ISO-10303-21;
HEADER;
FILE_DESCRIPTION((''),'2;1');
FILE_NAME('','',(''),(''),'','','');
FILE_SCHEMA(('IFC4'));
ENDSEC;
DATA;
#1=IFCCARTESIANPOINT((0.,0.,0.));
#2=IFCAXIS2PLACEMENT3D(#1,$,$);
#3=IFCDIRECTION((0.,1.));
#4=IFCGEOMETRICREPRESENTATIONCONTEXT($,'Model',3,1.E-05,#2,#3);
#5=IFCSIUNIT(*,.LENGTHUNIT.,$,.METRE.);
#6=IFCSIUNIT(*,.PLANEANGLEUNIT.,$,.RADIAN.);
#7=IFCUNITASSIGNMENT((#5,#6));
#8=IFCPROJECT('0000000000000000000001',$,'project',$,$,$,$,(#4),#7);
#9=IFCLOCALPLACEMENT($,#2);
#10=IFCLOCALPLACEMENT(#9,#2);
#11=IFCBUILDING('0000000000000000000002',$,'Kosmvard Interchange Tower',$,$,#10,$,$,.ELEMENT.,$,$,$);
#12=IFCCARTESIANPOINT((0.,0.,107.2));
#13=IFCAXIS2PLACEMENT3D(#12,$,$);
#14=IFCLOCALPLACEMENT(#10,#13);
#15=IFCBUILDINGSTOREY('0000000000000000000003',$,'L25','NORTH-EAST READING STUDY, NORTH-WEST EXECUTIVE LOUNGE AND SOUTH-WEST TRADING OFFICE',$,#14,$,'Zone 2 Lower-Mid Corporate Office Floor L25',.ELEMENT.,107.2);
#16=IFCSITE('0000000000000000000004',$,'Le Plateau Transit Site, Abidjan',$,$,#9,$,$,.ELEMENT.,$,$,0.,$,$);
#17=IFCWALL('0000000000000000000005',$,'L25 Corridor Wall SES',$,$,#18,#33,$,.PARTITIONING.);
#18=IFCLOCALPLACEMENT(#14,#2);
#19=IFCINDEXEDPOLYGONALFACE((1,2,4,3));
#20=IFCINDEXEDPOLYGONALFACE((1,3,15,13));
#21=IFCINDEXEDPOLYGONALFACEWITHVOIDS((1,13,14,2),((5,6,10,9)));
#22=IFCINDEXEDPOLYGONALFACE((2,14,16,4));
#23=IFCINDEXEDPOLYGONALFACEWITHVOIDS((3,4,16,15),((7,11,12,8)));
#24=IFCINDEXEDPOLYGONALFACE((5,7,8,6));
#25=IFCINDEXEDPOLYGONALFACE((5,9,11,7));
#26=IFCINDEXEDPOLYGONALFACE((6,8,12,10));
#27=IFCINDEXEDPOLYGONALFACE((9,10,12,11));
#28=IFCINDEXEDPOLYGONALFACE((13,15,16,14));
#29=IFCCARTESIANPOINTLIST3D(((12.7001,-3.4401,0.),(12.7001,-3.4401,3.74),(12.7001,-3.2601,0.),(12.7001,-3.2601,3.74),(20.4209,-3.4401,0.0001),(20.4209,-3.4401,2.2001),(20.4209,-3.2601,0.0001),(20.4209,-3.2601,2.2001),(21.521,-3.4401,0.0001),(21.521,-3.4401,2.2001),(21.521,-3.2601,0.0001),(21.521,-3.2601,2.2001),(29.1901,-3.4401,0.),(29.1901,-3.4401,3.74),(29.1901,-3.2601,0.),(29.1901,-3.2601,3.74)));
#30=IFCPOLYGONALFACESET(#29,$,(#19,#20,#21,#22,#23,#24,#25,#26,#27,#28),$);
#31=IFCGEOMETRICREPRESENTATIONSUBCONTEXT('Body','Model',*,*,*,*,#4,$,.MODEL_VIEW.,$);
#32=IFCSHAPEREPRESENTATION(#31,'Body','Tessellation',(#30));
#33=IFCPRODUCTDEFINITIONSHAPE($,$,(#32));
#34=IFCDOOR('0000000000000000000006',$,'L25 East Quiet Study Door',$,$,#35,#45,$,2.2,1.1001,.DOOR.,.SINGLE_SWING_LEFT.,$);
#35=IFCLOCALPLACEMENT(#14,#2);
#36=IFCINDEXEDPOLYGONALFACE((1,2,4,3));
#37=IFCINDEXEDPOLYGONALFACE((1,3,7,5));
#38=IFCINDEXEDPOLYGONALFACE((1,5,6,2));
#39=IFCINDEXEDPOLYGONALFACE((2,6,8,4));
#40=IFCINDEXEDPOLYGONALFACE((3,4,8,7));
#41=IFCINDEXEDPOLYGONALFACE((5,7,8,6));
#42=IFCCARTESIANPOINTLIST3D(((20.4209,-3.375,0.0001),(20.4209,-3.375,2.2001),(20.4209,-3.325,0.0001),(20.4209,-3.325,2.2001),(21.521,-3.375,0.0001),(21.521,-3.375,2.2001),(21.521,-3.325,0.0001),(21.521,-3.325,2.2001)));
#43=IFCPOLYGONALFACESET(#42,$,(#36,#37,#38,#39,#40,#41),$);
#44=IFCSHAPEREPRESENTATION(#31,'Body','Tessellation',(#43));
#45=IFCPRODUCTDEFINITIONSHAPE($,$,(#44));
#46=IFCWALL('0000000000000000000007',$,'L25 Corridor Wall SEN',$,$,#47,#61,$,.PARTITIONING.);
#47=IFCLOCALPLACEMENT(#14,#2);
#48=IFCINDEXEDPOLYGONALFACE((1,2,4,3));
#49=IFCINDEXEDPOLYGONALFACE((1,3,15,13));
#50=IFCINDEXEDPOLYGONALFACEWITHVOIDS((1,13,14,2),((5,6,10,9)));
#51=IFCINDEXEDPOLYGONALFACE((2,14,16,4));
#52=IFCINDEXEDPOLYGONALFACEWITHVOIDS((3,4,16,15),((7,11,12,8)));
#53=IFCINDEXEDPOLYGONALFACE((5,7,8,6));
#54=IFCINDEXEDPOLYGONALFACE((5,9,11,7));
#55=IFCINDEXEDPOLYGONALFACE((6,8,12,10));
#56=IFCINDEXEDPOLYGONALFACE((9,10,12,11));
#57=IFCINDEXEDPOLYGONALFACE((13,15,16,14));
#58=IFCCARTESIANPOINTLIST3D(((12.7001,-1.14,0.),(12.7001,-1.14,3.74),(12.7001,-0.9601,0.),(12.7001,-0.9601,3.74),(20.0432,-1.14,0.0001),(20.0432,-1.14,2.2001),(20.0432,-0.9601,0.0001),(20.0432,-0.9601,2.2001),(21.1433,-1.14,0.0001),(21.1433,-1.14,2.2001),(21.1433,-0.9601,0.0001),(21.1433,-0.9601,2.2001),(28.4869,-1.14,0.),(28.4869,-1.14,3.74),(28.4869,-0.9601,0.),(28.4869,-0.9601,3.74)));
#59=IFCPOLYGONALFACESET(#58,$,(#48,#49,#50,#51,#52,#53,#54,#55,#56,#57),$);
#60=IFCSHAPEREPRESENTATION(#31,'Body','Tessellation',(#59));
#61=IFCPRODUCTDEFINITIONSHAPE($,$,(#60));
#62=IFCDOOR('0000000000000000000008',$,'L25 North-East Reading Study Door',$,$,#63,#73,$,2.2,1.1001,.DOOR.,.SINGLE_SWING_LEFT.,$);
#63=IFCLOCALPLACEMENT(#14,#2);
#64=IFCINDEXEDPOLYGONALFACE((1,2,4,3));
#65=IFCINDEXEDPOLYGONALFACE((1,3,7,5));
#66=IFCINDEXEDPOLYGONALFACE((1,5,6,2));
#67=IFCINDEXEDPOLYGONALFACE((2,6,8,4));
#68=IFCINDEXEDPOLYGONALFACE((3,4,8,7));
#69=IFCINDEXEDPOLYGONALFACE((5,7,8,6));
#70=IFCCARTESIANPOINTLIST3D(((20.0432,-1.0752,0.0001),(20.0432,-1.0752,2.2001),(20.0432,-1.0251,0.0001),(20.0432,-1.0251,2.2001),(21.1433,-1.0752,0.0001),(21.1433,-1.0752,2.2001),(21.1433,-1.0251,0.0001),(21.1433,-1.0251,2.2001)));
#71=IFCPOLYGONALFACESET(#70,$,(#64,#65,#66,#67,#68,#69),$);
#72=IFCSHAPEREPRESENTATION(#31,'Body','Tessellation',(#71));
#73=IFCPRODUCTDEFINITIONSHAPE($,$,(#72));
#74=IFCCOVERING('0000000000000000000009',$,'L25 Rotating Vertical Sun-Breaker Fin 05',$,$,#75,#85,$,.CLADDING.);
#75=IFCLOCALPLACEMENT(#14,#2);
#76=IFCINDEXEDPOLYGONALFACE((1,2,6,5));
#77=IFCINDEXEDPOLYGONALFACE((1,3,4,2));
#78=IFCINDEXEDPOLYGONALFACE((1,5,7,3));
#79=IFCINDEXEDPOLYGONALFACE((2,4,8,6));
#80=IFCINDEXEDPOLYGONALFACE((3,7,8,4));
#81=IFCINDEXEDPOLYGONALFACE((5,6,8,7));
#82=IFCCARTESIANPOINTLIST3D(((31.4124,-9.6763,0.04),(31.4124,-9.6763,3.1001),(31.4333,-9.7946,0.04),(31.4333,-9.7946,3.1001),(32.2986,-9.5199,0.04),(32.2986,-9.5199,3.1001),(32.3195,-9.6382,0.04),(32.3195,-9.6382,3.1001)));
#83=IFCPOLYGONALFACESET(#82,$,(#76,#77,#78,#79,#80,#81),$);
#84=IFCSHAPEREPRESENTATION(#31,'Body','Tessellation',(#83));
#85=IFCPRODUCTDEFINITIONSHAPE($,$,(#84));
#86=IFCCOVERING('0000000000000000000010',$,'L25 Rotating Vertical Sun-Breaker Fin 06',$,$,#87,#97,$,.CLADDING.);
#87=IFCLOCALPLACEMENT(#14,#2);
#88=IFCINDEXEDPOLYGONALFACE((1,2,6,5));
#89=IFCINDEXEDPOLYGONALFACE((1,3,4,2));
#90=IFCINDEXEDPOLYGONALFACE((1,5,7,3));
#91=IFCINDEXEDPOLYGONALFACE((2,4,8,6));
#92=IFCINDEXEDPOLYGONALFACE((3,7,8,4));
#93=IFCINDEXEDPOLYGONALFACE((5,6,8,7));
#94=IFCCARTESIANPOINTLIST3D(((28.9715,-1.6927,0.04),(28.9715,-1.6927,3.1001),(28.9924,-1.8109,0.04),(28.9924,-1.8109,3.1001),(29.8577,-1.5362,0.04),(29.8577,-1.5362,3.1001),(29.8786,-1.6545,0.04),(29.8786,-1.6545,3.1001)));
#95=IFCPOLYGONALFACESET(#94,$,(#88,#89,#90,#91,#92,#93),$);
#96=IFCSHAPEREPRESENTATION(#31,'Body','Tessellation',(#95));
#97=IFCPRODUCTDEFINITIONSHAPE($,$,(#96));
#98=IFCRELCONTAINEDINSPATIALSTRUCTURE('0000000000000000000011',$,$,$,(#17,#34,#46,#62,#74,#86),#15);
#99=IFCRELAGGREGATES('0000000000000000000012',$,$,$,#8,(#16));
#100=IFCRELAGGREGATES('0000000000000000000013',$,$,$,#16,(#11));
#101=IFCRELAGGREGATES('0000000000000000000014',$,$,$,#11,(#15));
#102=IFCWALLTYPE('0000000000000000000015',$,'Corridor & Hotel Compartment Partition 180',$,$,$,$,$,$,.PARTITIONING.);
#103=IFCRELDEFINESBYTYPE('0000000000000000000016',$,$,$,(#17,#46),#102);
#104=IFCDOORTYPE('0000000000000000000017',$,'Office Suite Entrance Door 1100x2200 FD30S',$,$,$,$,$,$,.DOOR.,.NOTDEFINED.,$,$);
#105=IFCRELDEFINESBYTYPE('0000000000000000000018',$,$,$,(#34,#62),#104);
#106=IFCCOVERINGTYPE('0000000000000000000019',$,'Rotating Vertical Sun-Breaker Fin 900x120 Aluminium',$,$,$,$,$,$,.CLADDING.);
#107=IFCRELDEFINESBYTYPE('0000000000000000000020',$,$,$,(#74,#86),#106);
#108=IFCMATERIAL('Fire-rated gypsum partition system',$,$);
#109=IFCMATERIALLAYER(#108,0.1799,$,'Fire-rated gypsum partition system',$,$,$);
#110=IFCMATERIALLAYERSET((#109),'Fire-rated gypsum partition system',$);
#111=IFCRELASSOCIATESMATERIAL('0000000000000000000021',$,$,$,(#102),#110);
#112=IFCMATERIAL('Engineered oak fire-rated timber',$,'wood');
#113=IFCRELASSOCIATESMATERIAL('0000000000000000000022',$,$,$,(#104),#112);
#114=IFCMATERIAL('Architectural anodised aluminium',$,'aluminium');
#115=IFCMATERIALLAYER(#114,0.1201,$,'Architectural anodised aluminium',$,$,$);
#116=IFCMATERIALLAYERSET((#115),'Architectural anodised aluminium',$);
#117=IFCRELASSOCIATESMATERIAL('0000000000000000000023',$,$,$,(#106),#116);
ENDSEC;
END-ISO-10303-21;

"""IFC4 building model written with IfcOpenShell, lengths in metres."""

from ifc_helpers import new_model, si_unit, direction, frame, frame_2d, origin, origin_2d, place, context, subcontext, project, spatial, rectangle, extrude, source, transform, mapped, material, layer, layer_set, type_object, element, fill, save


model = new_model("IFC4")

# Units and contexts
model_context = context("Model", 3, precision=1e-05, world=origin(), true_north=direction((0.0, 1.0)))
body_context = subcontext(model_context, "Body", "Model", "MODEL_VIEW")
ifc_project = project(units=[si_unit("LENGTHUNIT", "METRE"), si_unit("PLANEANGLEUNIT", "RADIAN")], contexts=[model_context])

# Site, building, storey
site_placement = place(None, origin())
site = spatial("IfcSite", under=ifc_project, at=site_placement, Name="Le Plateau Transit Site, Abidjan", CompositionType="ELEMENT", RefElevation=0.0)
building_placement = place(site_placement, origin())
building = spatial("IfcBuilding", under=site, at=building_placement, Name="Kosmvard Interchange Tower", CompositionType="ELEMENT")
storey_placement = place(building_placement, frame((0.0, 0.0, 107.2)))
storey = spatial("IfcBuildingStorey", under=building, at=storey_placement, Name="L25", Description="NORTH-EAST READING STUDY, NORTH-WEST EXECUTIVE LOUNGE AND SOUTH-WEST TRADING OFFICE", LongName="Zone 2 Lower-Mid Corporate Office Floor L25", CompositionType="ELEMENT", Elevation=107.2)

# Shared definitions
ifc_material_1 = material(Name="Fire-rated gypsum partition system")
ifc_layer_1 = layer(ifc_material_1, 0.1799, Name="Fire-rated gypsum partition system")
ifc_layer_set_1 = layer_set([ifc_layer_1], Name="Fire-rated gypsum partition system")
wall_type = type_object("IfcWallType", Name="Corridor & Hotel Compartment Partition 180", PredefinedType="PARTITIONING", material=ifc_layer_set_1)

# Walls, openings, doors
wall_1_placement = place(storey_placement, frame((12.7, -3.3501, 0.0), z_axis=(0.0, 0.0, 1.0), x_axis=(1.0, 0.0, 0.0)))
wall_1 = element("IfcWall", 1, at=wall_1_placement, inside=storey, type_object=wall_type, Name="L25 Corridor Wall SES", PredefinedType="PARTITIONING", context=body_context, shape_type="SweptSolid", body=[
    extrude(rectangle(XDim=16.49, YDim=0.1799, at=frame_2d((8.2451, 0.0))), origin(), (0.0, 0.0, 1.0), 3.74),
])
opening_1_placement = place(wall_1_placement, frame((7.7209, 0.0, 0.0)))
opening_1 = element("IfcOpeningElement", 2, at=opening_1_placement, cuts=wall_1, PredefinedType="OPENING", context=body_context, shape_type="SweptSolid", body=[
    extrude(rectangle(XDim=1.1001, YDim=2.2, at=frame_2d((0.55, 1.1001))), frame((0.0, 0.1001, 0.0), z_axis=(0.0, -1.0, 0.0), x_axis=(1.0, 0.0, 0.0)), (0.0, 0.0, 1.0), 0.2),
])
ifc_material_2 = material(Name="Engineered oak fire-rated timber", Category="wood")
door_type = type_object("IfcDoorType", Name="Office Suite Entrance Door 1100x2200 FD30S", OperationType="NOTDEFINED", PredefinedType="DOOR", material=ifc_material_2)
shared_shape_1 = source(origin(), body_context, "Body", "SweptSolid", [
    extrude(rectangle(XDim=1.1001, YDim=2.2, at=frame_2d((0.55, 1.1001))), frame((0.0, 0.0249, 0.0), z_axis=(0.0, -1.0, 0.0), x_axis=(1.0, 0.0, 0.0)), (0.0, 0.0, 1.0), 0.05),
])
door_1_placement = place(opening_1_placement, frame((1.1001, 0.0, 0.0), z_axis=(0.0, 0.0, 1.0), x_axis=(-1.0, 0.0, 0.0)))
door_1 = element("IfcDoor", 3, at=door_1_placement, inside=storey, type_object=door_type, Name="L25 East Quiet Study Door", OperationType="SINGLE_SWING_LEFT", OverallHeight=2.2, OverallWidth=1.1001, PredefinedType="DOOR", context=body_context, shape_type="MappedRepresentation", body=[
    mapped(shared_shape_1, transform((0.0, 0.0, 0.0), scale=1.0)),
])
fill(opening_1, door_1)
wall_2_placement = place(storey_placement, frame((12.7, -1.05, 0.0), z_axis=(0.0, 0.0, 1.0), x_axis=(1.0, 0.0, 0.0)))
wall_2 = element("IfcWall", 4, at=wall_2_placement, inside=storey, type_object=wall_type, Name="L25 Corridor Wall SEN", PredefinedType="PARTITIONING", context=body_context, shape_type="SweptSolid", body=[
    extrude(rectangle(XDim=15.7869, YDim=0.1799, at=frame_2d((7.8936, 0.0))), origin(), (0.0, 0.0, 1.0), 3.74),
])
opening_2_placement = place(wall_2_placement, frame((7.3433, 0.0, 0.0)))
opening_2 = element("IfcOpeningElement", 5, at=opening_2_placement, cuts=wall_2, PredefinedType="OPENING", context=body_context, shape_type="SweptSolid", body=[
    extrude(rectangle(XDim=1.1001, YDim=2.2, at=frame_2d((0.55, 1.1001))), frame((0.0, 0.1001, 0.0), z_axis=(0.0, -1.0, 0.0), x_axis=(1.0, 0.0, 0.0)), (0.0, 0.0, 1.0), 0.2),
])
door_2_placement = place(opening_2_placement, origin())
door_2 = element("IfcDoor", 6, at=door_2_placement, inside=storey, type_object=door_type, Name="L25 North-East Reading Study Door", OperationType="SINGLE_SWING_LEFT", OverallHeight=2.2, OverallWidth=1.1001, PredefinedType="DOOR", context=body_context, shape_type="MappedRepresentation", body=[
    mapped(shared_shape_1, transform((0.0, 0.0, 0.0), scale=1.0)),
])
fill(opening_2, door_2)

# Coverings
ifc_material_3 = material(Name="Architectural anodised aluminium", Category="aluminium")
ifc_layer_2 = layer(ifc_material_3, 0.1201, Name="Architectural anodised aluminium")
ifc_layer_set_2 = layer_set([ifc_layer_2], Name="Architectural anodised aluminium")
covering_type = type_object("IfcCoveringType", Name="Rotating Vertical Sun-Breaker Fin 900x120 Aluminium", PredefinedType="CLADDING", material=ifc_layer_set_2)
shared_shape_2 = source(origin(), body_context, "Body", "SweptSolid", [
    extrude(rectangle(XDim=0.8999, YDim=0.1201, at=origin_2d()), origin(), (0.0, 0.0, 1.0), 3.0601),
])
for number, where, z_axis, x_axis, name in (
    (7, (31.866, -9.6572, 0.04), (0.0, 0.0, 1.0), (0.984777, 0.17382, 0.0), "L25 Rotating Vertical Sun-Breaker Fin 05"),
    (8, (29.425, -1.6736, 0.04), (0.0, 0.0, 1.0), (0.984777, 0.17382, 0.0), "L25 Rotating Vertical Sun-Breaker Fin 06"),
):
    element("IfcCovering", number, at=place(storey_placement, frame(where, z_axis=z_axis, x_axis=x_axis)), inside=storey, type_object=covering_type, Name=name, PredefinedType="CLADDING", context=body_context, shape_type="MappedRepresentation", body=[
        mapped(shared_shape_2, transform((0.0, 0.0, 0.0), scale=1.0)),
    ])

save(model, "model.ifc")
